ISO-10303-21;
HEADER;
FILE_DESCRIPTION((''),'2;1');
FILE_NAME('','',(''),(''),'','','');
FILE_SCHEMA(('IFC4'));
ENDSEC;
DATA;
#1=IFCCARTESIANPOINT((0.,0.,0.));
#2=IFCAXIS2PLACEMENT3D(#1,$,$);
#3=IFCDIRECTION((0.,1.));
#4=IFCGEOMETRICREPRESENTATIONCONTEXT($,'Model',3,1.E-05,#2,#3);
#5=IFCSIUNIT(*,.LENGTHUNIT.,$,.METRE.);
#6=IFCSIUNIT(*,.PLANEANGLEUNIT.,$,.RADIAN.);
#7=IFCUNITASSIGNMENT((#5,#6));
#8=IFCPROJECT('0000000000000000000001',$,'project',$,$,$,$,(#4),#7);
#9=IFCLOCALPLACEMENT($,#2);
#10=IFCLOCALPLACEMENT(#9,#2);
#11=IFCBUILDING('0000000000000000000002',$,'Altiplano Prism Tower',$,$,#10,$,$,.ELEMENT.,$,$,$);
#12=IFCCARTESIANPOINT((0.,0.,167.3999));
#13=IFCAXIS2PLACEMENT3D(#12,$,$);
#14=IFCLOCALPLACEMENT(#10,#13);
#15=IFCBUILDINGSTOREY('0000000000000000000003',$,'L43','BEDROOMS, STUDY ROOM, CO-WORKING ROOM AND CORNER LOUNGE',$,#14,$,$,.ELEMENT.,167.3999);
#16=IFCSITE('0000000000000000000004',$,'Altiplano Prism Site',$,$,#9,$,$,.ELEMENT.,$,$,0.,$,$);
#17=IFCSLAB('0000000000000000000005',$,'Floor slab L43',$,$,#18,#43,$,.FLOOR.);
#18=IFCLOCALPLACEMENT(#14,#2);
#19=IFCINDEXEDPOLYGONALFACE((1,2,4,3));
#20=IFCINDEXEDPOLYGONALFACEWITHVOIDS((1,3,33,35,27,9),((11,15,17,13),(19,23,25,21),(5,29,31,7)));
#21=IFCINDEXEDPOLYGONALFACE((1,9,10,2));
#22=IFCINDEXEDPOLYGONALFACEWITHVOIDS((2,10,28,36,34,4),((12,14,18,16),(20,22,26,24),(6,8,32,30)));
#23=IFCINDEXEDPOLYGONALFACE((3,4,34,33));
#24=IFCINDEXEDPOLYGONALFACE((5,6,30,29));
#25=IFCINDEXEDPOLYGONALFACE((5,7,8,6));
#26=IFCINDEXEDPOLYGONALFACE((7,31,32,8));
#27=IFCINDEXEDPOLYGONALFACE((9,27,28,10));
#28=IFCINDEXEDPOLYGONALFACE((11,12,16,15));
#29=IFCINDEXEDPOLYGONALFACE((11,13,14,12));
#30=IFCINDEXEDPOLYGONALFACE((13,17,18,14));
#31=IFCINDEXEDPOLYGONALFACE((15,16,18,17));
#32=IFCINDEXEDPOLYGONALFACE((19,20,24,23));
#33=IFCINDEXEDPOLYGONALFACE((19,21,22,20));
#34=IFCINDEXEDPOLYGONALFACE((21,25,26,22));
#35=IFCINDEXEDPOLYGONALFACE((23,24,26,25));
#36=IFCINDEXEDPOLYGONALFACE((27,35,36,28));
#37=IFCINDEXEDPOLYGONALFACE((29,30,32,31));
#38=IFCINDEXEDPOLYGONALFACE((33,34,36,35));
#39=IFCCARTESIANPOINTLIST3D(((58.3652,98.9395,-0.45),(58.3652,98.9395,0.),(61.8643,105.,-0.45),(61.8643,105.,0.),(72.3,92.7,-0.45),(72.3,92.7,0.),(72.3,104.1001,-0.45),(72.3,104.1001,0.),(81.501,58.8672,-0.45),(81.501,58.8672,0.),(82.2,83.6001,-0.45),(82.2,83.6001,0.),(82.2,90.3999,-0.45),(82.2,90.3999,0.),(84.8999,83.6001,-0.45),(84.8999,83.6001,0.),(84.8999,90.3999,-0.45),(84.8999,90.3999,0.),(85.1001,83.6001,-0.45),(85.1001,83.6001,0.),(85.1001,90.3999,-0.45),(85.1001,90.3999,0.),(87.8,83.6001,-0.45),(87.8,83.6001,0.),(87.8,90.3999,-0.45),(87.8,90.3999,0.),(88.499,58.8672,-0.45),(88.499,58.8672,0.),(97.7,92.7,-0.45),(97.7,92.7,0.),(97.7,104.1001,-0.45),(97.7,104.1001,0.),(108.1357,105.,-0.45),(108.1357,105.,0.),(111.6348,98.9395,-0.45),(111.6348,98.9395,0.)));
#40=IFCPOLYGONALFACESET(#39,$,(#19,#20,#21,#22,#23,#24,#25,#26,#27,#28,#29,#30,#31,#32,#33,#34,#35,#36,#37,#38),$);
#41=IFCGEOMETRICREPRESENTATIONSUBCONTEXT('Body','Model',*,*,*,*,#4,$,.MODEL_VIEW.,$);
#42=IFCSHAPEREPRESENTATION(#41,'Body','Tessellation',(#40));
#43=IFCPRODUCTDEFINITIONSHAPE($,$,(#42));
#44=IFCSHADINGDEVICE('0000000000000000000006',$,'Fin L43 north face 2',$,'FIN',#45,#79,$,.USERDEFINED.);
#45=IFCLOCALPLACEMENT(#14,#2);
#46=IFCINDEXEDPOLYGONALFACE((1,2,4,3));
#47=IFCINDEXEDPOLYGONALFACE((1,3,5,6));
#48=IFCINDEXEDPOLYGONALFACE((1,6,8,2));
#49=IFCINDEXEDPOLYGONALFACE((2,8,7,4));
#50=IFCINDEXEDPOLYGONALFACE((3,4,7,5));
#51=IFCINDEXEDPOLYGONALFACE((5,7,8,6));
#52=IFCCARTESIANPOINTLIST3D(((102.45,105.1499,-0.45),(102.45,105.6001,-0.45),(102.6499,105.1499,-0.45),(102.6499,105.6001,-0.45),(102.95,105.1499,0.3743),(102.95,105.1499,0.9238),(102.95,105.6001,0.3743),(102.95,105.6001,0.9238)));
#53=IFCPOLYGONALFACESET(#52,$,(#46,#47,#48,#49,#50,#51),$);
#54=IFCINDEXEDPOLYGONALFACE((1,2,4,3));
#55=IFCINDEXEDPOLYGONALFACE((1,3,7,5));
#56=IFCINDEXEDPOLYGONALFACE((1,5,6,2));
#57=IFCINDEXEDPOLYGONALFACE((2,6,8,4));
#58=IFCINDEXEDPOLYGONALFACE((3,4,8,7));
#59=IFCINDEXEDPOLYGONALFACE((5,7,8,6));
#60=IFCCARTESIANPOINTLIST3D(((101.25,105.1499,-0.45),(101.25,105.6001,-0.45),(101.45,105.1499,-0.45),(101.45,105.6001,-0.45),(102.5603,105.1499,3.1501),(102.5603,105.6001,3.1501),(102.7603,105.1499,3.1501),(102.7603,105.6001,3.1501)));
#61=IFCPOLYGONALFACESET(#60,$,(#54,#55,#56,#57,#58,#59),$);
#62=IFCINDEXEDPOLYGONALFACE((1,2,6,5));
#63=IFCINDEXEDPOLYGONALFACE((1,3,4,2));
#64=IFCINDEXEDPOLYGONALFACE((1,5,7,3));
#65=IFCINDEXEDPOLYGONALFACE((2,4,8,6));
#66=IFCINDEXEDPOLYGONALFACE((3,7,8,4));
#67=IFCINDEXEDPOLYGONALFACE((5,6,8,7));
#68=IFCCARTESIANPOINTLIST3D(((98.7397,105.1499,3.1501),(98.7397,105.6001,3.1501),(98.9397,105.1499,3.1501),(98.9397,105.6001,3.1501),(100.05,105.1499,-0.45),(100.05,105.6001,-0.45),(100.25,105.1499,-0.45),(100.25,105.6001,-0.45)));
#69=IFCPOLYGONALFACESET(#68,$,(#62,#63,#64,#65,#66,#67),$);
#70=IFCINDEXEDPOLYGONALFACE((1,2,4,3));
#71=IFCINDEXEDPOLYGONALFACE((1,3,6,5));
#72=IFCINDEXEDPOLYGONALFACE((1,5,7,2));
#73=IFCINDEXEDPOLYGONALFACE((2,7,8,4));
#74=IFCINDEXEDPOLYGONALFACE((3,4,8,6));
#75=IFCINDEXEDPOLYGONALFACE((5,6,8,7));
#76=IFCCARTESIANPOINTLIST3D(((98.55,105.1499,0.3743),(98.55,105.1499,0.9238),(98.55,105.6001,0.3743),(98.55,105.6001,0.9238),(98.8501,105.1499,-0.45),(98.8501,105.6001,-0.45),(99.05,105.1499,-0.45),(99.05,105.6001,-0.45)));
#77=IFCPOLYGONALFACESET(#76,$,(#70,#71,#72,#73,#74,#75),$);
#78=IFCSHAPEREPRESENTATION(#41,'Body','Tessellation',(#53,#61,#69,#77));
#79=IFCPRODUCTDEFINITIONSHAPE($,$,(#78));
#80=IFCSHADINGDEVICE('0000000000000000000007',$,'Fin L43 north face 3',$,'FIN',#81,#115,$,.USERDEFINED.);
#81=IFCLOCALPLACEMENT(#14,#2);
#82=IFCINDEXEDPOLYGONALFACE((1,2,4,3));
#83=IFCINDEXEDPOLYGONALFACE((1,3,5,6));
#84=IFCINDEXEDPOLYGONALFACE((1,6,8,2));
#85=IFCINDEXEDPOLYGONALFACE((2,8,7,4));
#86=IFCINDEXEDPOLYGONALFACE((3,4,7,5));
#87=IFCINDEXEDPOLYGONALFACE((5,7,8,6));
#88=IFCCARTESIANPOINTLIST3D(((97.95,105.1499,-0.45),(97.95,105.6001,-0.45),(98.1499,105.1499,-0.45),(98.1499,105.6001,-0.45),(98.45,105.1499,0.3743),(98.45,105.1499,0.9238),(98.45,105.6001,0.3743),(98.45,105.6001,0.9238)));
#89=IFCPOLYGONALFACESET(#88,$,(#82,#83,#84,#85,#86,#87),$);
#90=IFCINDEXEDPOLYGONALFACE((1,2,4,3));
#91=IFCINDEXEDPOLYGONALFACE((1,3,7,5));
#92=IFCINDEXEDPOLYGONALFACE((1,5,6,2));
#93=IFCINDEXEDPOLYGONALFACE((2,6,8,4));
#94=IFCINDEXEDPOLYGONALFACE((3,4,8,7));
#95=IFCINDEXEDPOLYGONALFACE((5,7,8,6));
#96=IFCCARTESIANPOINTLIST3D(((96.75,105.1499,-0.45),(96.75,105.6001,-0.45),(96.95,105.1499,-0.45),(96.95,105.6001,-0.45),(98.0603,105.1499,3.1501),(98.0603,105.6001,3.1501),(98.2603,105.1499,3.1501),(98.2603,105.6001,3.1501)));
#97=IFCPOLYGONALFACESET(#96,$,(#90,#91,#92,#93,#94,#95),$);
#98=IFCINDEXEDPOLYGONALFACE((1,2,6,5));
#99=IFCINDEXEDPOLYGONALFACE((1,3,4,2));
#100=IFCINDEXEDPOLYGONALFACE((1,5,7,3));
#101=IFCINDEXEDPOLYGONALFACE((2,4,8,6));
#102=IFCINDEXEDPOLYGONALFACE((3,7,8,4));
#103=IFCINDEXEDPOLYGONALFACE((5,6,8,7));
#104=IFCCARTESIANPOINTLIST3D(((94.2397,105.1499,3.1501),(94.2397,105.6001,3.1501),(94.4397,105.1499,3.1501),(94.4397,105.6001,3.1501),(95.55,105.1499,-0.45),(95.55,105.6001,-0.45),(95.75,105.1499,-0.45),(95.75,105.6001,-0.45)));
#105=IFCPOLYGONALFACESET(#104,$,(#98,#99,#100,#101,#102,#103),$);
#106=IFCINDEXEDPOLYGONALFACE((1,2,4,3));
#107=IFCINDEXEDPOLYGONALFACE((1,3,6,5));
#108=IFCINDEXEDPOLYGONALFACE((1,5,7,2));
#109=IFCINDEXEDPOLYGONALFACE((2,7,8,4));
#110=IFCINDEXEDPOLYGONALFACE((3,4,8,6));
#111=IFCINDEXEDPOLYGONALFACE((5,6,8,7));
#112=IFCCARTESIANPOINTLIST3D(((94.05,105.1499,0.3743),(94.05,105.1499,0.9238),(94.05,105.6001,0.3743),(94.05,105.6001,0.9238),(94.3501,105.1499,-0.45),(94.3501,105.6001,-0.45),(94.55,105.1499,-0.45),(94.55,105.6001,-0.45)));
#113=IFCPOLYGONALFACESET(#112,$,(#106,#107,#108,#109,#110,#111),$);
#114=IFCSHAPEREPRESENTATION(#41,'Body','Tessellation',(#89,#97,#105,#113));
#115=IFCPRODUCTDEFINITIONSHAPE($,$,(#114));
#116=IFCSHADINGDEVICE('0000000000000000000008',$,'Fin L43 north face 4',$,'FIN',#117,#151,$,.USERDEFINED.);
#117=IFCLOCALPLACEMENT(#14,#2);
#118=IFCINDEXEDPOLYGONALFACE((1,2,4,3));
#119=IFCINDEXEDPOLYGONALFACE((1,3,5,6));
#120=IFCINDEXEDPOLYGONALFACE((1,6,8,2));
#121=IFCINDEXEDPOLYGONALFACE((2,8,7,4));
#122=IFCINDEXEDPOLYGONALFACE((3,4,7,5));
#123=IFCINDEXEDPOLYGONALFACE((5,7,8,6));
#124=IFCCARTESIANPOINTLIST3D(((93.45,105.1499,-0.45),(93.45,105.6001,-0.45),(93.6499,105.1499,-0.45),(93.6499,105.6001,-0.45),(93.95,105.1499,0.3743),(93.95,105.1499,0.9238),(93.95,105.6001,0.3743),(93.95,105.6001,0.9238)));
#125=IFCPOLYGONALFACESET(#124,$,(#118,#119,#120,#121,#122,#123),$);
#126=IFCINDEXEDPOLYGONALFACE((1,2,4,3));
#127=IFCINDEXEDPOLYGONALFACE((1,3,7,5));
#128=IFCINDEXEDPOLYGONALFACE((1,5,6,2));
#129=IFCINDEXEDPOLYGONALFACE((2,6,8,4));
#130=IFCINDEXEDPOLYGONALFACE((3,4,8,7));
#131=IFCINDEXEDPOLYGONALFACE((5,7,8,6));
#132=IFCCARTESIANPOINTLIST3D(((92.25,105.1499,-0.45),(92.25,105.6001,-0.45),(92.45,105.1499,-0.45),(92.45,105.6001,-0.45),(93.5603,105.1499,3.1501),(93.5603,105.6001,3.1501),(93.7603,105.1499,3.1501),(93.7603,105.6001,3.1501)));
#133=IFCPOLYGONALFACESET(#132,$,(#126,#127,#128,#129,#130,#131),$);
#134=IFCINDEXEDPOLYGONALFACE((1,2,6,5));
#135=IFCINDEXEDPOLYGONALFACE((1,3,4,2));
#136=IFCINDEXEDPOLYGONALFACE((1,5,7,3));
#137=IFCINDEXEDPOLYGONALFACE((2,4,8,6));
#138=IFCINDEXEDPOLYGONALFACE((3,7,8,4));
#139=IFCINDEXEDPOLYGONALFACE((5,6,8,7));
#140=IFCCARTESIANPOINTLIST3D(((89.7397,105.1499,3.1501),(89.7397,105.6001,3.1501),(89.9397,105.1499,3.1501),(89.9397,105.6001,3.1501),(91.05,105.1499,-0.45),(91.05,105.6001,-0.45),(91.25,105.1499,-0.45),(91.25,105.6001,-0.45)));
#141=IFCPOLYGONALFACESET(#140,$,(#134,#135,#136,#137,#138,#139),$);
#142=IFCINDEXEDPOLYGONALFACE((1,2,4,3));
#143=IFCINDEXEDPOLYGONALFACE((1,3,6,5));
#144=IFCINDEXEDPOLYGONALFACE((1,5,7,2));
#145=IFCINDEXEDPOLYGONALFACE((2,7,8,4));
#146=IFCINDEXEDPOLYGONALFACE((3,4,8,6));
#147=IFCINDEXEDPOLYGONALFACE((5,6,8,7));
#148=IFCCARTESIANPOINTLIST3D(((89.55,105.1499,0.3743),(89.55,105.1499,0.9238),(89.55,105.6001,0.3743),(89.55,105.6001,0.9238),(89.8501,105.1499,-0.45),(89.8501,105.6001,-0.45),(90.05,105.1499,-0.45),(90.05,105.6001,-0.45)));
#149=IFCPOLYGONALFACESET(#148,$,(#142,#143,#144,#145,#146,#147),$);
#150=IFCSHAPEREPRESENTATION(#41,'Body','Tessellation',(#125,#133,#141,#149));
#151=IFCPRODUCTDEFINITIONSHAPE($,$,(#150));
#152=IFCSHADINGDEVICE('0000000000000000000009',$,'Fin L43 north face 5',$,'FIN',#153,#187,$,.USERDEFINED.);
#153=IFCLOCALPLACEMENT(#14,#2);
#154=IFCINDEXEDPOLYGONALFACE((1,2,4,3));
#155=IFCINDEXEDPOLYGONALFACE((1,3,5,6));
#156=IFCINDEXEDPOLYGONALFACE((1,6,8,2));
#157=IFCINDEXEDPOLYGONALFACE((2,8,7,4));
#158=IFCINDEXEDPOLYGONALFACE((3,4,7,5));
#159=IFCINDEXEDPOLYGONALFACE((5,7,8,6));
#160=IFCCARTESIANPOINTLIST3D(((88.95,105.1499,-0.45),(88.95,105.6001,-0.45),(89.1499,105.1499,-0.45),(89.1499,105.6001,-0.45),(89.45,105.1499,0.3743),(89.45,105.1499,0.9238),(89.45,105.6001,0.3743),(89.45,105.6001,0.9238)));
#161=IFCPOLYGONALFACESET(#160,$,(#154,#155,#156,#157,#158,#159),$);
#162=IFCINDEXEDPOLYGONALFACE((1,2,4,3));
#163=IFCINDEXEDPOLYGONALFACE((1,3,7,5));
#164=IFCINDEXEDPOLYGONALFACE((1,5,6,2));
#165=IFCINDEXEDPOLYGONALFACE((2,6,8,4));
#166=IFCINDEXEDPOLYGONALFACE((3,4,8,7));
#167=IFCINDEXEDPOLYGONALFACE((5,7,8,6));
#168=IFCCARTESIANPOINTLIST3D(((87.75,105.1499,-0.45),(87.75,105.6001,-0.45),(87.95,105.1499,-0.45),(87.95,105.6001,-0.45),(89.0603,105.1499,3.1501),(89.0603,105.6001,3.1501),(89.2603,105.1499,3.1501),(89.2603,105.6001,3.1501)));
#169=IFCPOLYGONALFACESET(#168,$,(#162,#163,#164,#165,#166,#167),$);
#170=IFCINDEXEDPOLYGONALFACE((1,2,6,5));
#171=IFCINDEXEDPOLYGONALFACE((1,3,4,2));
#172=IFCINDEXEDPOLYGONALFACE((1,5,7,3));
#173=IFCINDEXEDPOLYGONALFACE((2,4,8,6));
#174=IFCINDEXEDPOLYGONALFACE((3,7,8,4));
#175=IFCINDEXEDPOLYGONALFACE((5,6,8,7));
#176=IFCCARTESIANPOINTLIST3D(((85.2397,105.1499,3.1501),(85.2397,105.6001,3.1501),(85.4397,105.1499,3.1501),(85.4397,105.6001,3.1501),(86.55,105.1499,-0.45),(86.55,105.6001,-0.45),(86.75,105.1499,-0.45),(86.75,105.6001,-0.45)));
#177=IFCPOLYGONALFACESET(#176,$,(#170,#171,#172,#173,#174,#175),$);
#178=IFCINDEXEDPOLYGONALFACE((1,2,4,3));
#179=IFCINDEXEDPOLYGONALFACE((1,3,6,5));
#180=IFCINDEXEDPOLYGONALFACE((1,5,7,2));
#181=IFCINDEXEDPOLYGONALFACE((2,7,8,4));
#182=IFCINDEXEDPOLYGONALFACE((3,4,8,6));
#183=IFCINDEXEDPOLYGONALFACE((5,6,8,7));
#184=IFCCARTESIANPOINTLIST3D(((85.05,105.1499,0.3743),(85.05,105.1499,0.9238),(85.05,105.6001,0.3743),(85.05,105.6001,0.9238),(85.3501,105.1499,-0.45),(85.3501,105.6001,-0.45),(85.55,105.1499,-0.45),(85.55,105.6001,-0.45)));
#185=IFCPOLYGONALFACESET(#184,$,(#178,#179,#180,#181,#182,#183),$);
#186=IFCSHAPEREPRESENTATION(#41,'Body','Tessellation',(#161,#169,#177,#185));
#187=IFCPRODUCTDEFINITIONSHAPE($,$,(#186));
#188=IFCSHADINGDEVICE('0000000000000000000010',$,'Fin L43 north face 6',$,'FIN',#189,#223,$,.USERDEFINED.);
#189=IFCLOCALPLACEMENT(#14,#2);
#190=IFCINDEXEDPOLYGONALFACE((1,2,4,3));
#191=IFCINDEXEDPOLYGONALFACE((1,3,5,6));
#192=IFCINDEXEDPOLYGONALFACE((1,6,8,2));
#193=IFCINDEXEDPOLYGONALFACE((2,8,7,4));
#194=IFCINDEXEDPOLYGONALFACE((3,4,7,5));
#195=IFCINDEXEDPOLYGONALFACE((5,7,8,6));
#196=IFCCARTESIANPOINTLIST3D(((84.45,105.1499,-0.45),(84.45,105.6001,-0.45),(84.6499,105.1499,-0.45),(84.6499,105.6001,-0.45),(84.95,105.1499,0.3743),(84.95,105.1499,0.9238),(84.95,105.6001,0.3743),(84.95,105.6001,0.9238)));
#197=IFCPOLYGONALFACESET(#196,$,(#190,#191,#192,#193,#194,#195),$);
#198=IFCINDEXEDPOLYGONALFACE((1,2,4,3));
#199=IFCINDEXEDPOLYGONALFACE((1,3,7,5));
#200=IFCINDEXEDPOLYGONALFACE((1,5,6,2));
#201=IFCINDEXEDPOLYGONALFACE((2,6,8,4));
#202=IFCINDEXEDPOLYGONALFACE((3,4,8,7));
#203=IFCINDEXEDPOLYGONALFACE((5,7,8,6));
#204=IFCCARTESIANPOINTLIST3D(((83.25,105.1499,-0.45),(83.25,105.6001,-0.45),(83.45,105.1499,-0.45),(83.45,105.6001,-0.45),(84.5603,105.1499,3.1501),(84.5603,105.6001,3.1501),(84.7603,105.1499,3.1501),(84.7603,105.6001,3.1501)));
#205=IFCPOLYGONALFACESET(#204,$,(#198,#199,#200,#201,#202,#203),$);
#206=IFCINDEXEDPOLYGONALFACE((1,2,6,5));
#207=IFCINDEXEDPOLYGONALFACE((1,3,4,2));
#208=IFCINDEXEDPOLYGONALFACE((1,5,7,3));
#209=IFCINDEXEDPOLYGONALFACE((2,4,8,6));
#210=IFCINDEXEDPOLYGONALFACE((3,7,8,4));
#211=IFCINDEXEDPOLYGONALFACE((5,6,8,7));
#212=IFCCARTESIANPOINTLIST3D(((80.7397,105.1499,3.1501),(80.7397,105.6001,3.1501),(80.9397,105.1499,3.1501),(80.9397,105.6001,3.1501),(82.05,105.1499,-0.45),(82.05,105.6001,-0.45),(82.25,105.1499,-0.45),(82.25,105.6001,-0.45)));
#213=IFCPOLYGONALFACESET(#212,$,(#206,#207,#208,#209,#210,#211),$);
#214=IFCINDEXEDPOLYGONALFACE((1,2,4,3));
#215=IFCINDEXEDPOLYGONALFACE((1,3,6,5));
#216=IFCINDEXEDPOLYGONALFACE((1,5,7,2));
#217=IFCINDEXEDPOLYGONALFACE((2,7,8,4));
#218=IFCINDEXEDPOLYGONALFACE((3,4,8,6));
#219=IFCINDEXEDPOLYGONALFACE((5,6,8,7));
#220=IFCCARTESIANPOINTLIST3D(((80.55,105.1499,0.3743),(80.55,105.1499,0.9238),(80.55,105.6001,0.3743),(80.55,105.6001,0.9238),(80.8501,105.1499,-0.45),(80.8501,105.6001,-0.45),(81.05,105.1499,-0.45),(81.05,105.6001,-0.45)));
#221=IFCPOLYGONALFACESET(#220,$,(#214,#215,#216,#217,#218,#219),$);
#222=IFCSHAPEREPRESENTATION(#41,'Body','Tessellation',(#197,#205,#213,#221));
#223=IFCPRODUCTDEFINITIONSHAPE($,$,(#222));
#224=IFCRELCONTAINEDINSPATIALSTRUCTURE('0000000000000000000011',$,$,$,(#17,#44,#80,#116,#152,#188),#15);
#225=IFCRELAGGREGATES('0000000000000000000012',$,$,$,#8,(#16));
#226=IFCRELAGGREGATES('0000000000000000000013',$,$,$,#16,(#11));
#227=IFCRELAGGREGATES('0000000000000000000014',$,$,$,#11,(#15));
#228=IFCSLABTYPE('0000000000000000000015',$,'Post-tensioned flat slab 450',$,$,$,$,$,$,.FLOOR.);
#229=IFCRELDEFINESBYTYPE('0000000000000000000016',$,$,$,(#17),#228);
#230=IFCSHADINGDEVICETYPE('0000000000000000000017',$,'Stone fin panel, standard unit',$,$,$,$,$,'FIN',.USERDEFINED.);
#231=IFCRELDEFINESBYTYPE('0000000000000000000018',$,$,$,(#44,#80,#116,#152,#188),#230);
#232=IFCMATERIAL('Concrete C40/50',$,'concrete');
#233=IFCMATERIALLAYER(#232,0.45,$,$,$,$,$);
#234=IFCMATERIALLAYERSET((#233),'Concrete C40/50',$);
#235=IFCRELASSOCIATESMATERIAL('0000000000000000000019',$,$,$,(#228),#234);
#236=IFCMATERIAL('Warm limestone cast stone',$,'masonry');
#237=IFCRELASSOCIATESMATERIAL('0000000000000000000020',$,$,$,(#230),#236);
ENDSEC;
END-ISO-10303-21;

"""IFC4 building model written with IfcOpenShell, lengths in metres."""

from ifc_helpers import new_model, si_unit, direction, frame, origin, place, context, subcontext, project, spatial, polyline, outline, extrude, source, transform, mapped, material, layer, layer_set, type_object, element, save


model = new_model("IFC4")

# Units and contexts
model_context = context("Model", 3, precision=1e-05, world=origin(), true_north=direction((0.0, 1.0)))
body_context = subcontext(model_context, "Body", "Model", "MODEL_VIEW")
ifc_project = project(units=[si_unit("LENGTHUNIT", "METRE"), si_unit("PLANEANGLEUNIT", "RADIAN")], contexts=[model_context])

# Site, building, storey
site_placement = place(None, origin())
site = spatial("IfcSite", under=ifc_project, at=site_placement, Name="Altiplano Prism Site", CompositionType="ELEMENT", RefElevation=0.0)
building_placement = place(site_placement, origin())
building = spatial("IfcBuilding", under=site, at=building_placement, Name="Altiplano Prism Tower", CompositionType="ELEMENT")
storey_placement = place(building_placement, frame((0.0, 0.0, 167.3999)))
storey = spatial("IfcBuildingStorey", under=building, at=storey_placement, Name="L43", Description="BEDROOMS, STUDY ROOM, CO-WORKING ROOM AND CORNER LOUNGE", CompositionType="ELEMENT", Elevation=167.3999)

# Slab
ifc_material_1 = material(Name="Concrete C40/50", Category="concrete")
ifc_layer = layer(ifc_material_1, 0.45)
ifc_layer_set = layer_set([ifc_layer], Name="Concrete C40/50")
slab_type = type_object("IfcSlabType", Name="Post-tensioned flat slab 450", PredefinedType="FLOOR", material=ifc_layer_set)
slab_placement = place(storey_placement, frame((0.0, 0.0, -0.45)))
element("IfcSlab", 1, at=slab_placement, inside=storey, type_object=slab_type, Name="Floor slab L43", PredefinedType="FLOOR", context=body_context, shape_type="SweptSolid", body=[
    extrude(outline(polyline([(81.501, 58.8672), (58.3652, 98.9395), (61.8643, 105.0), (108.1357, 105.0), (111.6348, 98.9395), (88.499, 58.8672), (81.501, 58.8672)]), holes=[polyline([(72.3, 104.1001), (72.3, 92.7), (97.7, 92.7), (97.7, 104.1001), (72.3, 104.1001)]), polyline([(84.8999, 90.3999), (82.2, 90.3999), (82.2, 83.6001), (84.8999, 83.6001), (84.8999, 90.3999)]), polyline([(87.8, 83.6001), (87.8, 90.3999), (85.1001, 90.3999), (85.1001, 83.6001), (87.8, 83.6001)])]), origin(), (0.0, 0.0, 1.0), 0.45),
])

# Shading devices
ifc_material_2 = material(Name="Warm limestone cast stone", Category="masonry")
shading_device_type_1 = type_object("IfcShadingDeviceType", Name="Stone fin panel, standard unit", ElementType="FIN", PredefinedType="USERDEFINED", material=ifc_material_2)
shared_shape_1 = source(origin(), body_context, "Body", "SweptSolid", [
    extrude(outline(polyline([(-2.2, 1.3738), (-2.2, 0.8242), (-1.8999, 0.0), (-1.7, 0.0), (-2.2, 1.3738)])), frame((0.0, -0.1499, 0.0), z_axis=(0.0, -1.0, 0.0), x_axis=(1.0, 0.0, 0.0)), (0.0, 0.0, 1.0), 0.4502),
    extrude(outline(polyline([(-2.0103, 3.6001), (-0.7, 0.0), (-0.5, 0.0), (-1.8103, 3.6001), (-2.0103, 3.6001)])), frame((0.0, -0.1499, 0.0), z_axis=(0.0, -1.0, 0.0), x_axis=(1.0, 0.0, 0.0)), (0.0, 0.0, 1.0), 0.4502),
    extrude(outline(polyline([(1.8103, 3.6001), (0.5, 0.0), (0.7, 0.0), (2.0103, 3.6001), (1.8103, 3.6001)])), frame((0.0, -0.1499, 0.0), z_axis=(0.0, -1.0, 0.0), x_axis=(1.0, 0.0, 0.0)), (0.0, 0.0, 1.0), 0.4502),
    extrude(outline(polyline([(2.2, 0.8242), (2.2, 1.3738), (1.7, 0.0), (1.8999, 0.0), (2.2, 0.8242)])), frame((0.0, -0.1499, 0.0), z_axis=(0.0, -1.0, 0.0), x_axis=(1.0, 0.0, 0.0)), (0.0, 0.0, 1.0), 0.4502),
])
shading_device_1_placement = place(storey_placement, origin())
element("IfcShadingDevice", 2, at=shading_device_1_placement, inside=storey, type_object=shading_device_type_1, Name="Fin L43 north face 2", ObjectType="FIN", PredefinedType="USERDEFINED", context=body_context, shape_type="MappedRepresentation", body=[
    mapped(shared_shape_1, transform((100.75, 105.0, -0.45), x_axis=(-1.0, 0.0, 0.0), y_axis=(0.0, -1.0, 0.0), z_axis=(0.0, 0.0, 1.0))),
])
shading_device_2_placement = place(storey_placement, origin())
element("IfcShadingDevice", 3, at=shading_device_2_placement, inside=storey, type_object=shading_device_type_1, Name="Fin L43 north face 3", ObjectType="FIN", PredefinedType="USERDEFINED", context=body_context, shape_type="MappedRepresentation", body=[
    mapped(shared_shape_1, transform((96.25, 105.0, -0.45), x_axis=(-1.0, 0.0, 0.0), y_axis=(0.0, -1.0, 0.0), z_axis=(0.0, 0.0, 1.0))),
])
shading_device_3_placement = place(storey_placement, origin())
element("IfcShadingDevice", 4, at=shading_device_3_placement, inside=storey, type_object=shading_device_type_1, Name="Fin L43 north face 4", ObjectType="FIN", PredefinedType="USERDEFINED", context=body_context, shape_type="MappedRepresentation", body=[
    mapped(shared_shape_1, transform((91.75, 105.0, -0.45), x_axis=(-1.0, 0.0, 0.0), y_axis=(0.0, -1.0, 0.0), z_axis=(0.0, 0.0, 1.0))),
])
shading_device_4_placement = place(storey_placement, origin())
element("IfcShadingDevice", 5, at=shading_device_4_placement, inside=storey, type_object=shading_device_type_1, Name="Fin L43 north face 5", ObjectType="FIN", PredefinedType="USERDEFINED", context=body_context, shape_type="MappedRepresentation", body=[
    mapped(shared_shape_1, transform((87.25, 105.0, -0.45), x_axis=(-1.0, 0.0, 0.0), y_axis=(0.0, -1.0, 0.0), z_axis=(0.0, 0.0, 1.0))),
])
shading_device_5_placement = place(storey_placement, origin())
element("IfcShadingDevice", 6, at=shading_device_5_placement, inside=storey, type_object=shading_device_type_1, Name="Fin L43 north face 6", ObjectType="FIN", PredefinedType="USERDEFINED", context=body_context, shape_type="MappedRepresentation", body=[
    mapped(shared_shape_1, transform((82.75, 105.0, -0.45), x_axis=(-1.0, 0.0, 0.0), y_axis=(0.0, -1.0, 0.0), z_axis=(0.0, 0.0, 1.0))),
])

save(model, "model.ifc")
